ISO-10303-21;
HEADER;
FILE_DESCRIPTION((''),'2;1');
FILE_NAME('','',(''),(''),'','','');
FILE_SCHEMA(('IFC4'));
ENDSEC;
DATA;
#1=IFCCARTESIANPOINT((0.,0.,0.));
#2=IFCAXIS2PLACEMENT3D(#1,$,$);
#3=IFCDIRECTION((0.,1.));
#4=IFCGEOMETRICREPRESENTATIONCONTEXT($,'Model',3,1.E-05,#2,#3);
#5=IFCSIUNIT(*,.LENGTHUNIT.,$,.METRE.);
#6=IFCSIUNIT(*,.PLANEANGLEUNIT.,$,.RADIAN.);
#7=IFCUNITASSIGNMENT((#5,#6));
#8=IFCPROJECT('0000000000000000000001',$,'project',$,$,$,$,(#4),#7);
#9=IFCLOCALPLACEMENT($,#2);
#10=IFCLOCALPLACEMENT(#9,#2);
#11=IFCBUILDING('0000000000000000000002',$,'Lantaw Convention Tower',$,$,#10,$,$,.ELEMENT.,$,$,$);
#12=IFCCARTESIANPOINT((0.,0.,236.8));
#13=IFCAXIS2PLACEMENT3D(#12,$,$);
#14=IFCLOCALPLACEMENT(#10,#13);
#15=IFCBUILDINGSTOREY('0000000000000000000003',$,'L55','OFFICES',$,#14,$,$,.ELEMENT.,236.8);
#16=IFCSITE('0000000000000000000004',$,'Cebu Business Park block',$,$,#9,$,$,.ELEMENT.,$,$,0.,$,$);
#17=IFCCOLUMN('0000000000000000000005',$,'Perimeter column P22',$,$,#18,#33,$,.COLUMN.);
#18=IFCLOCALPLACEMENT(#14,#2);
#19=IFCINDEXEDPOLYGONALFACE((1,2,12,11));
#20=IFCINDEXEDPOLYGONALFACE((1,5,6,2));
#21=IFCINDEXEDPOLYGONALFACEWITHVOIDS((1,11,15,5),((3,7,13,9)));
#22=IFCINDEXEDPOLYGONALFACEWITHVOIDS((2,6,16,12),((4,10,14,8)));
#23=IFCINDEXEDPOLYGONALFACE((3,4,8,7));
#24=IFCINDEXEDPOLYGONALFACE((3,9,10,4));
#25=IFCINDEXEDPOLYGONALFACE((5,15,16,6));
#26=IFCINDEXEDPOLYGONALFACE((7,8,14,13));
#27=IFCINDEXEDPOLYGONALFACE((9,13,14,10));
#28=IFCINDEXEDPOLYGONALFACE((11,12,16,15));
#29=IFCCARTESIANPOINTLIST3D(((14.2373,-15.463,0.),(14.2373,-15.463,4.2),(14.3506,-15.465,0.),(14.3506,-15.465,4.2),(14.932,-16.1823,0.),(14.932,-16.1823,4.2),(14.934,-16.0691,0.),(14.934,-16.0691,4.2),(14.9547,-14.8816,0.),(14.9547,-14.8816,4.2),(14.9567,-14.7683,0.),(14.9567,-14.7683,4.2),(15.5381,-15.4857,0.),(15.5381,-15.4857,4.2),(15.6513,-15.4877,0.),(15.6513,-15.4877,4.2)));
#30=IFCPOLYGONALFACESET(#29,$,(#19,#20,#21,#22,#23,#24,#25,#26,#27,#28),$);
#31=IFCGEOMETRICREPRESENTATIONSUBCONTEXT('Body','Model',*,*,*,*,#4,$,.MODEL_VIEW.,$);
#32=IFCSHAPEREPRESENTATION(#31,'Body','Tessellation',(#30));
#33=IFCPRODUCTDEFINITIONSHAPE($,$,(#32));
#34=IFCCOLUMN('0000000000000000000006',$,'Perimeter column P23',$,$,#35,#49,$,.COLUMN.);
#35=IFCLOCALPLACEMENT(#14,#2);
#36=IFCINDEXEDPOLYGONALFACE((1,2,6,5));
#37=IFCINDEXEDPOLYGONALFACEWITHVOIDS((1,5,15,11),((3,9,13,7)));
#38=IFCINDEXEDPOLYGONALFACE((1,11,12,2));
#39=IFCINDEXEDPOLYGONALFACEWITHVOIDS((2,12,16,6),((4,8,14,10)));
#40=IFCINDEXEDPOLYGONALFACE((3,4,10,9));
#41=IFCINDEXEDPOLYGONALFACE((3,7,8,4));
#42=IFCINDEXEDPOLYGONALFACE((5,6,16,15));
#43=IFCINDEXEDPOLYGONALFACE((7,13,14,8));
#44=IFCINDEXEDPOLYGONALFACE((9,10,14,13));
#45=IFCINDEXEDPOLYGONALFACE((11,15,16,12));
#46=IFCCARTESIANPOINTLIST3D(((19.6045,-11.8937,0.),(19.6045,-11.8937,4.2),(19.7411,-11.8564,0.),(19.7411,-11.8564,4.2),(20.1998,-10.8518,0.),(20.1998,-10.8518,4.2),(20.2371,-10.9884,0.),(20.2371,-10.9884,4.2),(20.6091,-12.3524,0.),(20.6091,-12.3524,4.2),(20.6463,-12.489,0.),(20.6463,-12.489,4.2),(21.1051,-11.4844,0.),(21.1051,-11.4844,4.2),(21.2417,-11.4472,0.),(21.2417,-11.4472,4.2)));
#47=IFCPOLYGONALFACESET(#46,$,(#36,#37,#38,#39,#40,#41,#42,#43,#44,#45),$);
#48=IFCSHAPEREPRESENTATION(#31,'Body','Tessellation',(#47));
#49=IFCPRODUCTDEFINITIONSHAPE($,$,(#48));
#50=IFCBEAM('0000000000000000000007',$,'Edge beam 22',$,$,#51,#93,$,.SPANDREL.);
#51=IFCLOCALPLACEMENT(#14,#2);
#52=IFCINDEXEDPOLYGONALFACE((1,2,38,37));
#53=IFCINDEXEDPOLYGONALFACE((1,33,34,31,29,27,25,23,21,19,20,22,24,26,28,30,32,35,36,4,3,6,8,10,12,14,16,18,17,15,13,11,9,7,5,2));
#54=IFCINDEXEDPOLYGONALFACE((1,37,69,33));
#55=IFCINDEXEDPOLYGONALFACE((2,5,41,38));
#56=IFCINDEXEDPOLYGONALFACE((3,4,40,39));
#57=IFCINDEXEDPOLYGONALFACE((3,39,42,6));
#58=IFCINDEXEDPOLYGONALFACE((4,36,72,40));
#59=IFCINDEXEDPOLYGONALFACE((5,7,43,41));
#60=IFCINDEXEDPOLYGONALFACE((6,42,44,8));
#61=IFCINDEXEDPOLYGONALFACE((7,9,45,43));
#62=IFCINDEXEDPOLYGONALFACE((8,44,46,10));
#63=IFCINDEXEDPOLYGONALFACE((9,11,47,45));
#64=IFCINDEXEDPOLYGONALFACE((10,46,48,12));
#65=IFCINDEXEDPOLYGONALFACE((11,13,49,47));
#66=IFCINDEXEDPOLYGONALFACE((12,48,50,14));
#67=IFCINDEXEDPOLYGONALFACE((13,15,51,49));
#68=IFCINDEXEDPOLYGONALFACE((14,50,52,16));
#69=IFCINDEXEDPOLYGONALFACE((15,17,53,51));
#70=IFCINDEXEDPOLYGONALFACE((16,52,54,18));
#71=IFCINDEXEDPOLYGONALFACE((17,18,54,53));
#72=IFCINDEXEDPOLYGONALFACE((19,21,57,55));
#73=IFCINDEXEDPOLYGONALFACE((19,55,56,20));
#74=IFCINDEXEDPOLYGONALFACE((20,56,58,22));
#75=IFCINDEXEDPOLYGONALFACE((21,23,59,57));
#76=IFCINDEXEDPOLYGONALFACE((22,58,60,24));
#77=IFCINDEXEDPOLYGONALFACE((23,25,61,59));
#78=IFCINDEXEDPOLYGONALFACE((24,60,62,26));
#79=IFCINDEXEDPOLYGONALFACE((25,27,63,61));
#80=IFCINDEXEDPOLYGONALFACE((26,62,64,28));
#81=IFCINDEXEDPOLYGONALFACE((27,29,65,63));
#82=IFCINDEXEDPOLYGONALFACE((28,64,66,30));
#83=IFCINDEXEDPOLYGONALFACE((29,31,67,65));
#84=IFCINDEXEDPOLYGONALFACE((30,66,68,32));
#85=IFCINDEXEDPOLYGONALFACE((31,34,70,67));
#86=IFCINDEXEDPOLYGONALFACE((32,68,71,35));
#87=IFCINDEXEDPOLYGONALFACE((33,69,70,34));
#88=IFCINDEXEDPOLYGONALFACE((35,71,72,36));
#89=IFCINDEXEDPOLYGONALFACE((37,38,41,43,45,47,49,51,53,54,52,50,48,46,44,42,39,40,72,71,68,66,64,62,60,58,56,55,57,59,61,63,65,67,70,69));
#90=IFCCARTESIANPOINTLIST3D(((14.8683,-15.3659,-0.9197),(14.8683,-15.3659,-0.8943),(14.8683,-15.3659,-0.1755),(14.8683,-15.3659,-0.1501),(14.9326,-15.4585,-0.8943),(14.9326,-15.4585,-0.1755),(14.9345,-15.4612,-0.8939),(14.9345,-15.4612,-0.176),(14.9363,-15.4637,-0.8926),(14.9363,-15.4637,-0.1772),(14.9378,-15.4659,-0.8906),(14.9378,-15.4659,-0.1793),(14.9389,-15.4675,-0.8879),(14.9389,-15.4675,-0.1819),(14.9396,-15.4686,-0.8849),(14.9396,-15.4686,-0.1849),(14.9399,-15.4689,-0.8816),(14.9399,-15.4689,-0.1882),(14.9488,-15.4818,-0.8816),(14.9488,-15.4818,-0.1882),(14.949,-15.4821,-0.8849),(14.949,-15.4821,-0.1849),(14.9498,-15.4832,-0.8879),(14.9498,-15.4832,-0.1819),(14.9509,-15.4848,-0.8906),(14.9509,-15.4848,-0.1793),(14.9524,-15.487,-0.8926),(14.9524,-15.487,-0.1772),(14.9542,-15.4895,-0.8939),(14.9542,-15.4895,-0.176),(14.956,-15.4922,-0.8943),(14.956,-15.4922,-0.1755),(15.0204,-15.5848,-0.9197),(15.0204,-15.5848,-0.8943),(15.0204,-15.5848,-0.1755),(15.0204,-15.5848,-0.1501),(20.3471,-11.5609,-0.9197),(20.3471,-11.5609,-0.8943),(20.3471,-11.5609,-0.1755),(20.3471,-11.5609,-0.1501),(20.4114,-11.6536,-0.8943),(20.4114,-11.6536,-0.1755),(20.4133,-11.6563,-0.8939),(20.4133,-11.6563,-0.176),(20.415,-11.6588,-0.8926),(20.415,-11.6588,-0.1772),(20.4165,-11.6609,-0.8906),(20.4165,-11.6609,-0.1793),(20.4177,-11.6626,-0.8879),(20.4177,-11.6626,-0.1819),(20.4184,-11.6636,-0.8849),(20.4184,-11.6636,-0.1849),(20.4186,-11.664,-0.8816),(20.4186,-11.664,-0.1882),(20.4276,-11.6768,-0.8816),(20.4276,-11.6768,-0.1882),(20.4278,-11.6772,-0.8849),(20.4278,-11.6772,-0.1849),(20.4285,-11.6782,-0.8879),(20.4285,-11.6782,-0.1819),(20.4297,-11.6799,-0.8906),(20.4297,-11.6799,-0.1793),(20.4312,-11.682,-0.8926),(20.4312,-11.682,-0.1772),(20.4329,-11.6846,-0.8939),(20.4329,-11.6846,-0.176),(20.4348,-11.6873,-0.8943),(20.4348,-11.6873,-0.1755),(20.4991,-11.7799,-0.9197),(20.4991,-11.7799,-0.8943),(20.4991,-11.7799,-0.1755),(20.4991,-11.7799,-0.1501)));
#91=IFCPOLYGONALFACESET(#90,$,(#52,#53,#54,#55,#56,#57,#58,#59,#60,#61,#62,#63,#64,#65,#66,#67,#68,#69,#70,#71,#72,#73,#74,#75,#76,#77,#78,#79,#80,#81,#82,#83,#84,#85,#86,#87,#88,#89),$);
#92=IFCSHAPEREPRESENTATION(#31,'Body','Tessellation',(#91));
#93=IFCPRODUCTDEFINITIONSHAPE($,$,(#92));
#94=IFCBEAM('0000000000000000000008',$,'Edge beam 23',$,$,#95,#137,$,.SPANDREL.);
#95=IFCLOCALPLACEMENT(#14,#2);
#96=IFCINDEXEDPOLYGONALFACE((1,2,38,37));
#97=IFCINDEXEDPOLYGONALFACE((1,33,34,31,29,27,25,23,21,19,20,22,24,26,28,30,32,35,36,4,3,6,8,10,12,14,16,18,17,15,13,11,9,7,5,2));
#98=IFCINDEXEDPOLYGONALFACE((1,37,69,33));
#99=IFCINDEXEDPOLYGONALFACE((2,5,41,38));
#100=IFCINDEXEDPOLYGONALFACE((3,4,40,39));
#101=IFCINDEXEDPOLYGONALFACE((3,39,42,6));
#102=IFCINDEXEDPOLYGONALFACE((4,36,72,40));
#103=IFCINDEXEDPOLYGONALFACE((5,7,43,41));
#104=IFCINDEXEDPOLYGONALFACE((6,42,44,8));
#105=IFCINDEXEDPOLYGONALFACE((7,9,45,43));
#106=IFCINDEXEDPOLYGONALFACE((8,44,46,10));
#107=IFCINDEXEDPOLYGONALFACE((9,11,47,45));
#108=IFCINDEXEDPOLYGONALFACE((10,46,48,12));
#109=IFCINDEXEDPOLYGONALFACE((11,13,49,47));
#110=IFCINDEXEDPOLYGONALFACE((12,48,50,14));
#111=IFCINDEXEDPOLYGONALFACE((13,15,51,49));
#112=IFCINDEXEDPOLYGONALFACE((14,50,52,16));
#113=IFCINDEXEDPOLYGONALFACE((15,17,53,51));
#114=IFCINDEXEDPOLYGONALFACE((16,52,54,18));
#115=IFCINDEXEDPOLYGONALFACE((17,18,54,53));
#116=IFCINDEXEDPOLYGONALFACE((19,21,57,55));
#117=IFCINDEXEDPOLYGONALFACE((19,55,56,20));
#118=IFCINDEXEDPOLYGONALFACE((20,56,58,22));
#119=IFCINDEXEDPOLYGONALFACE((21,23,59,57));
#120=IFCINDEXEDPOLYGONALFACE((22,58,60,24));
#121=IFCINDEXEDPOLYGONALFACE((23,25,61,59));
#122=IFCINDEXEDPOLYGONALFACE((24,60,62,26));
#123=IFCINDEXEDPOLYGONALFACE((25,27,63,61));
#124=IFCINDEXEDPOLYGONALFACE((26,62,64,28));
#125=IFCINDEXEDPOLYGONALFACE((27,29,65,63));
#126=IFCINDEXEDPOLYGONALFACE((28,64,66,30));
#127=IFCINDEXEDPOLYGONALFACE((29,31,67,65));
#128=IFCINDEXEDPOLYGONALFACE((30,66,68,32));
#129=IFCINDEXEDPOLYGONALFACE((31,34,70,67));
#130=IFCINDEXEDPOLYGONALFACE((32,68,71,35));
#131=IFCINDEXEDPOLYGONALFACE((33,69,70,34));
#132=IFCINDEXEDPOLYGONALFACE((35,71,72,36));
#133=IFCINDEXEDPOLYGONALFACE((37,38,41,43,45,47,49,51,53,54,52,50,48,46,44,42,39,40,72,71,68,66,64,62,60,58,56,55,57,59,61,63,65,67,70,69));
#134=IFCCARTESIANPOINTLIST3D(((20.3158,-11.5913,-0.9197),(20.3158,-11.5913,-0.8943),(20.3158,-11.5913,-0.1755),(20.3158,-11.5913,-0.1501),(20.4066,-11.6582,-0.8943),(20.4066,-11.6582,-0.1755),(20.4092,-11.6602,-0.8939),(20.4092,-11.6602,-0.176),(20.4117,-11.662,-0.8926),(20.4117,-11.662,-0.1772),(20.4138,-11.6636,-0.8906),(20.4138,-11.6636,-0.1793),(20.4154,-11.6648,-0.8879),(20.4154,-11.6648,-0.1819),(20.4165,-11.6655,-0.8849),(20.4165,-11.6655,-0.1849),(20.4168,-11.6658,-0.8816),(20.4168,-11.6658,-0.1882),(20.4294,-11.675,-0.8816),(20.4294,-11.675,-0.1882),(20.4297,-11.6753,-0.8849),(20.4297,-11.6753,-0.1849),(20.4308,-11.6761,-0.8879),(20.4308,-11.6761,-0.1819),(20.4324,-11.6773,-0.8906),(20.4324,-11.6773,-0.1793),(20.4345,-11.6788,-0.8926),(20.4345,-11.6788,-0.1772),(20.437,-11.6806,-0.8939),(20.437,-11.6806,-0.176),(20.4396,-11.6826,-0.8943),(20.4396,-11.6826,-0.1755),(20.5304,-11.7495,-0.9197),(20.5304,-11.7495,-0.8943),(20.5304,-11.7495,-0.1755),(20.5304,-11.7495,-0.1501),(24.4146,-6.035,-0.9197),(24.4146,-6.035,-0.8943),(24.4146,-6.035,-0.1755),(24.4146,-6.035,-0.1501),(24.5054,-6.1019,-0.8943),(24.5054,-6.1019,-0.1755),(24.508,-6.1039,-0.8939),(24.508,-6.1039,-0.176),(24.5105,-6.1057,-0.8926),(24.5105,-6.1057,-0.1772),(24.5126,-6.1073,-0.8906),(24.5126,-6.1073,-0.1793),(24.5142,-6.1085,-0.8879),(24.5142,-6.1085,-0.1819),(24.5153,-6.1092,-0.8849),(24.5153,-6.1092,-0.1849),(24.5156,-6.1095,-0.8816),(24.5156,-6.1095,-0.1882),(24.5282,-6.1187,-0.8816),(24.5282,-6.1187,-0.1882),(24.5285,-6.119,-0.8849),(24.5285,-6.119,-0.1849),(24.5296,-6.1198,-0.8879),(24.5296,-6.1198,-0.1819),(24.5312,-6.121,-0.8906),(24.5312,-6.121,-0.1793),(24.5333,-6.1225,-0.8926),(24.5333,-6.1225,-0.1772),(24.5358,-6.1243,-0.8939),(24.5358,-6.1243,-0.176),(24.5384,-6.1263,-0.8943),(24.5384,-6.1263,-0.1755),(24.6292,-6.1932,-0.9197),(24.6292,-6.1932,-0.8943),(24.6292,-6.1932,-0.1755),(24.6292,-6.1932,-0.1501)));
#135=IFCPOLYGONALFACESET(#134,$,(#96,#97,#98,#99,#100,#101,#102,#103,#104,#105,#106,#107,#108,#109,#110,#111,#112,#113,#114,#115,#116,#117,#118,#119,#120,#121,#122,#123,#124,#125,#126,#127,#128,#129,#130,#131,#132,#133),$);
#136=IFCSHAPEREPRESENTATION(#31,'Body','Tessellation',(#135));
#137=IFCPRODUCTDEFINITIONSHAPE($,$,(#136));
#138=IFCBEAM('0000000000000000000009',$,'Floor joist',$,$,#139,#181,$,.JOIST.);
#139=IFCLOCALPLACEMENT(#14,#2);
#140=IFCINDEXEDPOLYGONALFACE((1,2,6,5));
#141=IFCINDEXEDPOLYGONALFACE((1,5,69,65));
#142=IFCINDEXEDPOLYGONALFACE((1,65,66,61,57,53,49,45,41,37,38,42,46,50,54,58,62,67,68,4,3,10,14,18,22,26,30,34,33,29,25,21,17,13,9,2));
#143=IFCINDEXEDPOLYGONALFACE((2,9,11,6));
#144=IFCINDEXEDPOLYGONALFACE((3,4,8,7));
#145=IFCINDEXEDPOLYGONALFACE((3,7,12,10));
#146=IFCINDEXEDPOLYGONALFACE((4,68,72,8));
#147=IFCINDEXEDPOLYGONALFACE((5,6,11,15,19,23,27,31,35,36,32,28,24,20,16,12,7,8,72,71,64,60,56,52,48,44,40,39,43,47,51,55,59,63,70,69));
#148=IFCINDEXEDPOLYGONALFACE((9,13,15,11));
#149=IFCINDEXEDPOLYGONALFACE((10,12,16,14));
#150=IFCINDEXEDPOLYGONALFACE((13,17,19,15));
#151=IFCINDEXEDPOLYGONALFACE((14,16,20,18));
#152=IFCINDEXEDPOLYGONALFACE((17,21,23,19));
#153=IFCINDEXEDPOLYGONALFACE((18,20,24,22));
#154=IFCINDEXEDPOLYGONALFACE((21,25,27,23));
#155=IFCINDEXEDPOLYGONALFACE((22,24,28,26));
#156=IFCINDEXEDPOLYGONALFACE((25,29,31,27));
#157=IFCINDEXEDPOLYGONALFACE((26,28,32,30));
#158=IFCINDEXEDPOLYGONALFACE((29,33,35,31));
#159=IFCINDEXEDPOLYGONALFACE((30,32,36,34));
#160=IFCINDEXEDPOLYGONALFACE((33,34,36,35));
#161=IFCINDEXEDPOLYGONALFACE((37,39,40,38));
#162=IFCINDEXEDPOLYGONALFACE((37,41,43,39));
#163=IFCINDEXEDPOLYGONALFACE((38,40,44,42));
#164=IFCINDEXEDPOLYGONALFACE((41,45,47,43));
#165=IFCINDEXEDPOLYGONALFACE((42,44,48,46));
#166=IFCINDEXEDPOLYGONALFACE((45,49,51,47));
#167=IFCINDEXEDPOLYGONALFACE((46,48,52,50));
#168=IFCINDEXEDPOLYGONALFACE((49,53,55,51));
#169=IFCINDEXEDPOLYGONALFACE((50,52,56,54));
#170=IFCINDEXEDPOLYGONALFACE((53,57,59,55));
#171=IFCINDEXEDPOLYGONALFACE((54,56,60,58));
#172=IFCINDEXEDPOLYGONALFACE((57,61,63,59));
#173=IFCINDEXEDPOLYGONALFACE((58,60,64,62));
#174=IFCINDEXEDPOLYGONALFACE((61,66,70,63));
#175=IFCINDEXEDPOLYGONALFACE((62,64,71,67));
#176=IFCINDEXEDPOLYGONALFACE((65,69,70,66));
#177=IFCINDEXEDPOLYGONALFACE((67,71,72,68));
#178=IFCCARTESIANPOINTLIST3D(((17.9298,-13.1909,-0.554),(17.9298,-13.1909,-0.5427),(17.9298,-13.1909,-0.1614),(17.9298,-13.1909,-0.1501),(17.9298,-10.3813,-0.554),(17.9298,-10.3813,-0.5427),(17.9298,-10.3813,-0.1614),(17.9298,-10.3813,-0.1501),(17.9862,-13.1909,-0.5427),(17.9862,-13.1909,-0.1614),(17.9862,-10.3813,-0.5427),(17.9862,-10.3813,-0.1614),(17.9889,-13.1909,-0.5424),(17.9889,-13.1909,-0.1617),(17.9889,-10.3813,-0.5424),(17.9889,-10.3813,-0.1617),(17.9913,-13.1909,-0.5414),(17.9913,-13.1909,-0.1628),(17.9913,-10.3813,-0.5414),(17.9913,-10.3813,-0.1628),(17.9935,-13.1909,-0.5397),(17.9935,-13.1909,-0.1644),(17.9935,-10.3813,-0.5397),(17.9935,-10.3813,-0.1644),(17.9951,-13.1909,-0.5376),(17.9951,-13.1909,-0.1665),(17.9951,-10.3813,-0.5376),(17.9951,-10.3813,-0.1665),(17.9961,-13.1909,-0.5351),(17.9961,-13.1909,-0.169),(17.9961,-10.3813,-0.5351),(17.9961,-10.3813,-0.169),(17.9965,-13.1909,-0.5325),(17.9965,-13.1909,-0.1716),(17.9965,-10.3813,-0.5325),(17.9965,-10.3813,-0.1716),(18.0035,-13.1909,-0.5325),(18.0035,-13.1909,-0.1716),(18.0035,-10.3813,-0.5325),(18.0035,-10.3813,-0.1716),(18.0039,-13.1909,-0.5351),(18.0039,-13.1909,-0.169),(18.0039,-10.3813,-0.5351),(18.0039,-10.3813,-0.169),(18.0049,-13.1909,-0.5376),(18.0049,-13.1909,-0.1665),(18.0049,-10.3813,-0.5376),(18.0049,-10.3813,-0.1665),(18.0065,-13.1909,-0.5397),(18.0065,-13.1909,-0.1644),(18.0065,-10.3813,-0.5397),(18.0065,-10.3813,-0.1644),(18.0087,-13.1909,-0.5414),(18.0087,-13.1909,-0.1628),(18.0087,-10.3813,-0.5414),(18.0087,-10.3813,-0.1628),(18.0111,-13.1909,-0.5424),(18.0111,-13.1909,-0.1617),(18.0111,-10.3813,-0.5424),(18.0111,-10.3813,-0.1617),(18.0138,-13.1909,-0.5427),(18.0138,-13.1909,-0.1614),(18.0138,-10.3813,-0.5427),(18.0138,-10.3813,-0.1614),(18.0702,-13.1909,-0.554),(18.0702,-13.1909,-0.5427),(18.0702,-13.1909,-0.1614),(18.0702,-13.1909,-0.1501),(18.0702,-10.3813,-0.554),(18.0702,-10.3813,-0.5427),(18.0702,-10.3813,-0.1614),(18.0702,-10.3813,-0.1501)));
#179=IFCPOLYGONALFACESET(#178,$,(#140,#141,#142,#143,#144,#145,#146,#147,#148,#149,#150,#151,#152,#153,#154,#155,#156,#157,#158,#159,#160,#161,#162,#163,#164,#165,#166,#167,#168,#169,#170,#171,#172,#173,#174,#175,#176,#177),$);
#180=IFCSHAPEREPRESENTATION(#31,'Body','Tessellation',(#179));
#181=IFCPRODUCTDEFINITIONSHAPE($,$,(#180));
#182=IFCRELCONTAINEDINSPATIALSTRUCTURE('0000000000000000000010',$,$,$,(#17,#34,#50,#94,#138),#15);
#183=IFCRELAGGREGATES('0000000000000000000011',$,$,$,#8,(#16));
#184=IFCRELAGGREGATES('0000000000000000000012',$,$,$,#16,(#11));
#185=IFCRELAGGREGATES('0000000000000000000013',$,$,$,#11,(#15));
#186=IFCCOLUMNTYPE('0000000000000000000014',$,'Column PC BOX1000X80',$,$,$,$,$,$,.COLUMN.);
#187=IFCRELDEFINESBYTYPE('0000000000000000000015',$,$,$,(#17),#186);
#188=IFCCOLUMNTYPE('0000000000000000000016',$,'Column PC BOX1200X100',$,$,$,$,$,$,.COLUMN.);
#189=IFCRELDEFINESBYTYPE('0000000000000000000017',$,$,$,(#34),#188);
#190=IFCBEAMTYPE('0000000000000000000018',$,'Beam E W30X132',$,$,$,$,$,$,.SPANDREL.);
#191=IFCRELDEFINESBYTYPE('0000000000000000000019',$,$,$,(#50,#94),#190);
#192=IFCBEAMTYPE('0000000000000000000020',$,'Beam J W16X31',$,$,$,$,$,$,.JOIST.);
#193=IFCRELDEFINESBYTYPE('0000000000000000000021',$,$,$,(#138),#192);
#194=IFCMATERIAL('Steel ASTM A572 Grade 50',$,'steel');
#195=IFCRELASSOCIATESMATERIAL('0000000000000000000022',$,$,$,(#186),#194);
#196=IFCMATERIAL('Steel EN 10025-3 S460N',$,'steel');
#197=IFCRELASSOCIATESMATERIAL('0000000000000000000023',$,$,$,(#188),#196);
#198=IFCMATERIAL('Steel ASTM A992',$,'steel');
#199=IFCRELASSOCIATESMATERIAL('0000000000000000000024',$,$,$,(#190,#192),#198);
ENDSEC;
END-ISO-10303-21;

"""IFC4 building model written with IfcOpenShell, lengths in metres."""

from ifc_helpers import new_model, si_unit, direction, frame, origin, origin_2d, place, context, subcontext, project, spatial, rectangle, hollow_rectangle, i_section, extrude, material, material_profile, profile_set, type_object, element, save


model = new_model("IFC4")

# Units and contexts
model_context = context("Model", 3, precision=1e-05, world=origin(), true_north=direction((0.0, 1.0)))
body_context = subcontext(model_context, "Body", "Model", "MODEL_VIEW")
ifc_project = project(units=[si_unit("LENGTHUNIT", "METRE"), si_unit("PLANEANGLEUNIT", "RADIAN")], contexts=[model_context])

# Site, building, storey
site_placement = place(None, origin())
site = spatial("IfcSite", under=ifc_project, at=site_placement, Name="Cebu Business Park block", CompositionType="ELEMENT", RefElevation=0.0)
building_placement = place(site_placement, origin())
building = spatial("IfcBuilding", under=site, at=building_placement, Name="Lantaw Convention Tower", CompositionType="ELEMENT")
storey_placement = place(building_placement, frame((0.0, 0.0, 236.8)))
storey = spatial("IfcBuildingStorey", under=building, at=storey_placement, Name="L55", Description="OFFICES", CompositionType="ELEMENT", Elevation=236.8)

# Columns
ifc_material_1 = material(Name="Steel ASTM A572 Grade 50", Category="steel")
ifc_material_profile_1 = material_profile(ifc_material_1, hollow_rectangle(XDim=1.0, YDim=1.0, WallThickness=0.0801, at=origin_2d()), Name="BOX1000X80")
ifc_material_2 = material(Name="Concrete C60/75", Category="concrete")
ifc_material_profile_2 = material_profile(ifc_material_2, rectangle(XDim=0.8401, YDim=0.8401, at=origin_2d()), Name="Concrete fill of BOX1000X80")
ifc_profile_set_1 = profile_set([ifc_material_profile_1, ifc_material_profile_2], Name="Steel ASTM A572 Grade 50")
column_type_1 = type_object("IfcColumnType", Name="Column PC BOX1000X80", PredefinedType="COLUMN", material=ifc_profile_set_1)
column_1_placement = place(storey_placement, frame((14.9443, -15.4753, 0.0), z_axis=(0.0, 0.0, 1.0), x_axis=(0.71934, 0.694658, 0.0)))
element("IfcColumn", 1, at=column_1_placement, inside=storey, type_object=column_type_1, Name="Perimeter column P22", PredefinedType="COLUMN", context=body_context, shape_type="SweptSolid", body=[
    extrude(hollow_rectangle(XDim=1.0, YDim=1.0, WallThickness=0.0801, at=origin_2d()), origin(), (0.0, 0.0, 1.0), 4.2),
])
ifc_material_3 = material(Name="Steel EN 10025-3 S460N", Category="steel")
ifc_material_profile_3 = material_profile(ifc_material_3, hollow_rectangle(XDim=1.2, YDim=1.2, WallThickness=0.1001, at=origin_2d()), Name="BOX1200X100")
ifc_material_profile_4 = material_profile(ifc_material_2, rectangle(XDim=1.0, YDim=1.0, at=origin_2d()), Name="Concrete fill of BOX1200X100")
ifc_profile_set_2 = profile_set([ifc_material_profile_3, ifc_material_profile_4], Name="Steel EN 10025-3 S460N")
column_type_2 = type_object("IfcColumnType", Name="Column PC BOX1200X100", PredefinedType="COLUMN", material=ifc_profile_set_2)
column_2_placement = place(storey_placement, frame((20.4231, -11.6704, 0.0), z_axis=(0.0, 0.0, 1.0), x_axis=(0.496139, 0.868243, 0.0)))
element("IfcColumn", 2, at=column_2_placement, inside=storey, type_object=column_type_2, Name="Perimeter column P23", PredefinedType="COLUMN", context=body_context, shape_type="SweptSolid", body=[
    extrude(hollow_rectangle(XDim=1.2, YDim=1.2, WallThickness=0.1001, at=origin_2d()), origin(), (0.0, 0.0, 1.0), 4.2),
])

# Beams
ifc_material_4 = material(Name="Steel ASTM A992", Category="steel")
ifc_material_profile_5 = material_profile(ifc_material_4, i_section(OverallWidth=0.2666, OverallDepth=0.7695, WebThickness=0.0156, FlangeThickness=0.0254, FilletRadius=0.0127, at=origin_2d()), Name="W30X132")
ifc_profile_set_3 = profile_set([ifc_material_profile_5], Name="Steel ASTM A992")
beam_type_1 = type_object("IfcBeamType", Name="Beam E W30X132", PredefinedType="SPANDREL", material=ifc_profile_set_3)
beam_1_placement = place(storey_placement, frame((14.9443, -15.4753, -0.5349), z_axis=(0.821353, 0.57042, 0.0), x_axis=(-0.57042, 0.821353, 0.0)))
element("IfcBeam", 3, at=beam_1_placement, inside=storey, type_object=beam_type_1, Name="Edge beam 22", PredefinedType="SPANDREL", context=body_context, shape_type="SweptSolid", body=[
    extrude(i_section(OverallWidth=0.2666, OverallDepth=0.7695, WebThickness=0.0156, FlangeThickness=0.0254, FilletRadius=0.0127, at=origin_2d()), origin(), (0.0, 0.0, 1.0), 6.6704),
])
beam_2_placement = place(storey_placement, frame((20.4231, -11.6704, -0.5349), z_axis=(0.593639, 0.804731, 0.0), x_axis=(-0.804731, 0.593639, 0.0)))
element("IfcBeam", 4, at=beam_2_placement, inside=storey, type_object=beam_type_1, Name="Edge beam 23", PredefinedType="SPANDREL", context=body_context, shape_type="SweptSolid", body=[
    extrude(i_section(OverallWidth=0.2666, OverallDepth=0.7695, WebThickness=0.0156, FlangeThickness=0.0254, FilletRadius=0.0127, at=origin_2d()), origin(), (0.0, 0.0, 1.0), 6.9045),
])
ifc_material_profile_6 = material_profile(ifc_material_4, i_section(OverallWidth=0.1404, OverallDepth=0.4038, WebThickness=0.0071, FlangeThickness=0.0112, FilletRadius=0.0103, at=origin_2d()), Name="W16X31")
ifc_profile_set_4 = profile_set([ifc_material_profile_6], Name="Steel ASTM A992")
beam_type_2 = type_object("IfcBeamType", Name="Beam J W16X31", PredefinedType="JOIST", material=ifc_profile_set_4)
beam_3_placement = place(storey_placement, frame((18.0, -13.1909, -0.3521), z_axis=(0.0, 1.0, 0.0), x_axis=(-1.0, 0.0, 0.0)))
element("IfcBeam", 5, at=beam_3_placement, inside=storey, type_object=beam_type_2, Name="Floor joist", PredefinedType="JOIST", context=body_context, shape_type="SweptSolid", body=[
    extrude(i_section(OverallWidth=0.1404, OverallDepth=0.4038, WebThickness=0.0071, FlangeThickness=0.0112, FilletRadius=0.0103, at=origin_2d()), origin(), (0.0, 0.0, 1.0), 2.8096),
])

save(model, "model.ifc")
